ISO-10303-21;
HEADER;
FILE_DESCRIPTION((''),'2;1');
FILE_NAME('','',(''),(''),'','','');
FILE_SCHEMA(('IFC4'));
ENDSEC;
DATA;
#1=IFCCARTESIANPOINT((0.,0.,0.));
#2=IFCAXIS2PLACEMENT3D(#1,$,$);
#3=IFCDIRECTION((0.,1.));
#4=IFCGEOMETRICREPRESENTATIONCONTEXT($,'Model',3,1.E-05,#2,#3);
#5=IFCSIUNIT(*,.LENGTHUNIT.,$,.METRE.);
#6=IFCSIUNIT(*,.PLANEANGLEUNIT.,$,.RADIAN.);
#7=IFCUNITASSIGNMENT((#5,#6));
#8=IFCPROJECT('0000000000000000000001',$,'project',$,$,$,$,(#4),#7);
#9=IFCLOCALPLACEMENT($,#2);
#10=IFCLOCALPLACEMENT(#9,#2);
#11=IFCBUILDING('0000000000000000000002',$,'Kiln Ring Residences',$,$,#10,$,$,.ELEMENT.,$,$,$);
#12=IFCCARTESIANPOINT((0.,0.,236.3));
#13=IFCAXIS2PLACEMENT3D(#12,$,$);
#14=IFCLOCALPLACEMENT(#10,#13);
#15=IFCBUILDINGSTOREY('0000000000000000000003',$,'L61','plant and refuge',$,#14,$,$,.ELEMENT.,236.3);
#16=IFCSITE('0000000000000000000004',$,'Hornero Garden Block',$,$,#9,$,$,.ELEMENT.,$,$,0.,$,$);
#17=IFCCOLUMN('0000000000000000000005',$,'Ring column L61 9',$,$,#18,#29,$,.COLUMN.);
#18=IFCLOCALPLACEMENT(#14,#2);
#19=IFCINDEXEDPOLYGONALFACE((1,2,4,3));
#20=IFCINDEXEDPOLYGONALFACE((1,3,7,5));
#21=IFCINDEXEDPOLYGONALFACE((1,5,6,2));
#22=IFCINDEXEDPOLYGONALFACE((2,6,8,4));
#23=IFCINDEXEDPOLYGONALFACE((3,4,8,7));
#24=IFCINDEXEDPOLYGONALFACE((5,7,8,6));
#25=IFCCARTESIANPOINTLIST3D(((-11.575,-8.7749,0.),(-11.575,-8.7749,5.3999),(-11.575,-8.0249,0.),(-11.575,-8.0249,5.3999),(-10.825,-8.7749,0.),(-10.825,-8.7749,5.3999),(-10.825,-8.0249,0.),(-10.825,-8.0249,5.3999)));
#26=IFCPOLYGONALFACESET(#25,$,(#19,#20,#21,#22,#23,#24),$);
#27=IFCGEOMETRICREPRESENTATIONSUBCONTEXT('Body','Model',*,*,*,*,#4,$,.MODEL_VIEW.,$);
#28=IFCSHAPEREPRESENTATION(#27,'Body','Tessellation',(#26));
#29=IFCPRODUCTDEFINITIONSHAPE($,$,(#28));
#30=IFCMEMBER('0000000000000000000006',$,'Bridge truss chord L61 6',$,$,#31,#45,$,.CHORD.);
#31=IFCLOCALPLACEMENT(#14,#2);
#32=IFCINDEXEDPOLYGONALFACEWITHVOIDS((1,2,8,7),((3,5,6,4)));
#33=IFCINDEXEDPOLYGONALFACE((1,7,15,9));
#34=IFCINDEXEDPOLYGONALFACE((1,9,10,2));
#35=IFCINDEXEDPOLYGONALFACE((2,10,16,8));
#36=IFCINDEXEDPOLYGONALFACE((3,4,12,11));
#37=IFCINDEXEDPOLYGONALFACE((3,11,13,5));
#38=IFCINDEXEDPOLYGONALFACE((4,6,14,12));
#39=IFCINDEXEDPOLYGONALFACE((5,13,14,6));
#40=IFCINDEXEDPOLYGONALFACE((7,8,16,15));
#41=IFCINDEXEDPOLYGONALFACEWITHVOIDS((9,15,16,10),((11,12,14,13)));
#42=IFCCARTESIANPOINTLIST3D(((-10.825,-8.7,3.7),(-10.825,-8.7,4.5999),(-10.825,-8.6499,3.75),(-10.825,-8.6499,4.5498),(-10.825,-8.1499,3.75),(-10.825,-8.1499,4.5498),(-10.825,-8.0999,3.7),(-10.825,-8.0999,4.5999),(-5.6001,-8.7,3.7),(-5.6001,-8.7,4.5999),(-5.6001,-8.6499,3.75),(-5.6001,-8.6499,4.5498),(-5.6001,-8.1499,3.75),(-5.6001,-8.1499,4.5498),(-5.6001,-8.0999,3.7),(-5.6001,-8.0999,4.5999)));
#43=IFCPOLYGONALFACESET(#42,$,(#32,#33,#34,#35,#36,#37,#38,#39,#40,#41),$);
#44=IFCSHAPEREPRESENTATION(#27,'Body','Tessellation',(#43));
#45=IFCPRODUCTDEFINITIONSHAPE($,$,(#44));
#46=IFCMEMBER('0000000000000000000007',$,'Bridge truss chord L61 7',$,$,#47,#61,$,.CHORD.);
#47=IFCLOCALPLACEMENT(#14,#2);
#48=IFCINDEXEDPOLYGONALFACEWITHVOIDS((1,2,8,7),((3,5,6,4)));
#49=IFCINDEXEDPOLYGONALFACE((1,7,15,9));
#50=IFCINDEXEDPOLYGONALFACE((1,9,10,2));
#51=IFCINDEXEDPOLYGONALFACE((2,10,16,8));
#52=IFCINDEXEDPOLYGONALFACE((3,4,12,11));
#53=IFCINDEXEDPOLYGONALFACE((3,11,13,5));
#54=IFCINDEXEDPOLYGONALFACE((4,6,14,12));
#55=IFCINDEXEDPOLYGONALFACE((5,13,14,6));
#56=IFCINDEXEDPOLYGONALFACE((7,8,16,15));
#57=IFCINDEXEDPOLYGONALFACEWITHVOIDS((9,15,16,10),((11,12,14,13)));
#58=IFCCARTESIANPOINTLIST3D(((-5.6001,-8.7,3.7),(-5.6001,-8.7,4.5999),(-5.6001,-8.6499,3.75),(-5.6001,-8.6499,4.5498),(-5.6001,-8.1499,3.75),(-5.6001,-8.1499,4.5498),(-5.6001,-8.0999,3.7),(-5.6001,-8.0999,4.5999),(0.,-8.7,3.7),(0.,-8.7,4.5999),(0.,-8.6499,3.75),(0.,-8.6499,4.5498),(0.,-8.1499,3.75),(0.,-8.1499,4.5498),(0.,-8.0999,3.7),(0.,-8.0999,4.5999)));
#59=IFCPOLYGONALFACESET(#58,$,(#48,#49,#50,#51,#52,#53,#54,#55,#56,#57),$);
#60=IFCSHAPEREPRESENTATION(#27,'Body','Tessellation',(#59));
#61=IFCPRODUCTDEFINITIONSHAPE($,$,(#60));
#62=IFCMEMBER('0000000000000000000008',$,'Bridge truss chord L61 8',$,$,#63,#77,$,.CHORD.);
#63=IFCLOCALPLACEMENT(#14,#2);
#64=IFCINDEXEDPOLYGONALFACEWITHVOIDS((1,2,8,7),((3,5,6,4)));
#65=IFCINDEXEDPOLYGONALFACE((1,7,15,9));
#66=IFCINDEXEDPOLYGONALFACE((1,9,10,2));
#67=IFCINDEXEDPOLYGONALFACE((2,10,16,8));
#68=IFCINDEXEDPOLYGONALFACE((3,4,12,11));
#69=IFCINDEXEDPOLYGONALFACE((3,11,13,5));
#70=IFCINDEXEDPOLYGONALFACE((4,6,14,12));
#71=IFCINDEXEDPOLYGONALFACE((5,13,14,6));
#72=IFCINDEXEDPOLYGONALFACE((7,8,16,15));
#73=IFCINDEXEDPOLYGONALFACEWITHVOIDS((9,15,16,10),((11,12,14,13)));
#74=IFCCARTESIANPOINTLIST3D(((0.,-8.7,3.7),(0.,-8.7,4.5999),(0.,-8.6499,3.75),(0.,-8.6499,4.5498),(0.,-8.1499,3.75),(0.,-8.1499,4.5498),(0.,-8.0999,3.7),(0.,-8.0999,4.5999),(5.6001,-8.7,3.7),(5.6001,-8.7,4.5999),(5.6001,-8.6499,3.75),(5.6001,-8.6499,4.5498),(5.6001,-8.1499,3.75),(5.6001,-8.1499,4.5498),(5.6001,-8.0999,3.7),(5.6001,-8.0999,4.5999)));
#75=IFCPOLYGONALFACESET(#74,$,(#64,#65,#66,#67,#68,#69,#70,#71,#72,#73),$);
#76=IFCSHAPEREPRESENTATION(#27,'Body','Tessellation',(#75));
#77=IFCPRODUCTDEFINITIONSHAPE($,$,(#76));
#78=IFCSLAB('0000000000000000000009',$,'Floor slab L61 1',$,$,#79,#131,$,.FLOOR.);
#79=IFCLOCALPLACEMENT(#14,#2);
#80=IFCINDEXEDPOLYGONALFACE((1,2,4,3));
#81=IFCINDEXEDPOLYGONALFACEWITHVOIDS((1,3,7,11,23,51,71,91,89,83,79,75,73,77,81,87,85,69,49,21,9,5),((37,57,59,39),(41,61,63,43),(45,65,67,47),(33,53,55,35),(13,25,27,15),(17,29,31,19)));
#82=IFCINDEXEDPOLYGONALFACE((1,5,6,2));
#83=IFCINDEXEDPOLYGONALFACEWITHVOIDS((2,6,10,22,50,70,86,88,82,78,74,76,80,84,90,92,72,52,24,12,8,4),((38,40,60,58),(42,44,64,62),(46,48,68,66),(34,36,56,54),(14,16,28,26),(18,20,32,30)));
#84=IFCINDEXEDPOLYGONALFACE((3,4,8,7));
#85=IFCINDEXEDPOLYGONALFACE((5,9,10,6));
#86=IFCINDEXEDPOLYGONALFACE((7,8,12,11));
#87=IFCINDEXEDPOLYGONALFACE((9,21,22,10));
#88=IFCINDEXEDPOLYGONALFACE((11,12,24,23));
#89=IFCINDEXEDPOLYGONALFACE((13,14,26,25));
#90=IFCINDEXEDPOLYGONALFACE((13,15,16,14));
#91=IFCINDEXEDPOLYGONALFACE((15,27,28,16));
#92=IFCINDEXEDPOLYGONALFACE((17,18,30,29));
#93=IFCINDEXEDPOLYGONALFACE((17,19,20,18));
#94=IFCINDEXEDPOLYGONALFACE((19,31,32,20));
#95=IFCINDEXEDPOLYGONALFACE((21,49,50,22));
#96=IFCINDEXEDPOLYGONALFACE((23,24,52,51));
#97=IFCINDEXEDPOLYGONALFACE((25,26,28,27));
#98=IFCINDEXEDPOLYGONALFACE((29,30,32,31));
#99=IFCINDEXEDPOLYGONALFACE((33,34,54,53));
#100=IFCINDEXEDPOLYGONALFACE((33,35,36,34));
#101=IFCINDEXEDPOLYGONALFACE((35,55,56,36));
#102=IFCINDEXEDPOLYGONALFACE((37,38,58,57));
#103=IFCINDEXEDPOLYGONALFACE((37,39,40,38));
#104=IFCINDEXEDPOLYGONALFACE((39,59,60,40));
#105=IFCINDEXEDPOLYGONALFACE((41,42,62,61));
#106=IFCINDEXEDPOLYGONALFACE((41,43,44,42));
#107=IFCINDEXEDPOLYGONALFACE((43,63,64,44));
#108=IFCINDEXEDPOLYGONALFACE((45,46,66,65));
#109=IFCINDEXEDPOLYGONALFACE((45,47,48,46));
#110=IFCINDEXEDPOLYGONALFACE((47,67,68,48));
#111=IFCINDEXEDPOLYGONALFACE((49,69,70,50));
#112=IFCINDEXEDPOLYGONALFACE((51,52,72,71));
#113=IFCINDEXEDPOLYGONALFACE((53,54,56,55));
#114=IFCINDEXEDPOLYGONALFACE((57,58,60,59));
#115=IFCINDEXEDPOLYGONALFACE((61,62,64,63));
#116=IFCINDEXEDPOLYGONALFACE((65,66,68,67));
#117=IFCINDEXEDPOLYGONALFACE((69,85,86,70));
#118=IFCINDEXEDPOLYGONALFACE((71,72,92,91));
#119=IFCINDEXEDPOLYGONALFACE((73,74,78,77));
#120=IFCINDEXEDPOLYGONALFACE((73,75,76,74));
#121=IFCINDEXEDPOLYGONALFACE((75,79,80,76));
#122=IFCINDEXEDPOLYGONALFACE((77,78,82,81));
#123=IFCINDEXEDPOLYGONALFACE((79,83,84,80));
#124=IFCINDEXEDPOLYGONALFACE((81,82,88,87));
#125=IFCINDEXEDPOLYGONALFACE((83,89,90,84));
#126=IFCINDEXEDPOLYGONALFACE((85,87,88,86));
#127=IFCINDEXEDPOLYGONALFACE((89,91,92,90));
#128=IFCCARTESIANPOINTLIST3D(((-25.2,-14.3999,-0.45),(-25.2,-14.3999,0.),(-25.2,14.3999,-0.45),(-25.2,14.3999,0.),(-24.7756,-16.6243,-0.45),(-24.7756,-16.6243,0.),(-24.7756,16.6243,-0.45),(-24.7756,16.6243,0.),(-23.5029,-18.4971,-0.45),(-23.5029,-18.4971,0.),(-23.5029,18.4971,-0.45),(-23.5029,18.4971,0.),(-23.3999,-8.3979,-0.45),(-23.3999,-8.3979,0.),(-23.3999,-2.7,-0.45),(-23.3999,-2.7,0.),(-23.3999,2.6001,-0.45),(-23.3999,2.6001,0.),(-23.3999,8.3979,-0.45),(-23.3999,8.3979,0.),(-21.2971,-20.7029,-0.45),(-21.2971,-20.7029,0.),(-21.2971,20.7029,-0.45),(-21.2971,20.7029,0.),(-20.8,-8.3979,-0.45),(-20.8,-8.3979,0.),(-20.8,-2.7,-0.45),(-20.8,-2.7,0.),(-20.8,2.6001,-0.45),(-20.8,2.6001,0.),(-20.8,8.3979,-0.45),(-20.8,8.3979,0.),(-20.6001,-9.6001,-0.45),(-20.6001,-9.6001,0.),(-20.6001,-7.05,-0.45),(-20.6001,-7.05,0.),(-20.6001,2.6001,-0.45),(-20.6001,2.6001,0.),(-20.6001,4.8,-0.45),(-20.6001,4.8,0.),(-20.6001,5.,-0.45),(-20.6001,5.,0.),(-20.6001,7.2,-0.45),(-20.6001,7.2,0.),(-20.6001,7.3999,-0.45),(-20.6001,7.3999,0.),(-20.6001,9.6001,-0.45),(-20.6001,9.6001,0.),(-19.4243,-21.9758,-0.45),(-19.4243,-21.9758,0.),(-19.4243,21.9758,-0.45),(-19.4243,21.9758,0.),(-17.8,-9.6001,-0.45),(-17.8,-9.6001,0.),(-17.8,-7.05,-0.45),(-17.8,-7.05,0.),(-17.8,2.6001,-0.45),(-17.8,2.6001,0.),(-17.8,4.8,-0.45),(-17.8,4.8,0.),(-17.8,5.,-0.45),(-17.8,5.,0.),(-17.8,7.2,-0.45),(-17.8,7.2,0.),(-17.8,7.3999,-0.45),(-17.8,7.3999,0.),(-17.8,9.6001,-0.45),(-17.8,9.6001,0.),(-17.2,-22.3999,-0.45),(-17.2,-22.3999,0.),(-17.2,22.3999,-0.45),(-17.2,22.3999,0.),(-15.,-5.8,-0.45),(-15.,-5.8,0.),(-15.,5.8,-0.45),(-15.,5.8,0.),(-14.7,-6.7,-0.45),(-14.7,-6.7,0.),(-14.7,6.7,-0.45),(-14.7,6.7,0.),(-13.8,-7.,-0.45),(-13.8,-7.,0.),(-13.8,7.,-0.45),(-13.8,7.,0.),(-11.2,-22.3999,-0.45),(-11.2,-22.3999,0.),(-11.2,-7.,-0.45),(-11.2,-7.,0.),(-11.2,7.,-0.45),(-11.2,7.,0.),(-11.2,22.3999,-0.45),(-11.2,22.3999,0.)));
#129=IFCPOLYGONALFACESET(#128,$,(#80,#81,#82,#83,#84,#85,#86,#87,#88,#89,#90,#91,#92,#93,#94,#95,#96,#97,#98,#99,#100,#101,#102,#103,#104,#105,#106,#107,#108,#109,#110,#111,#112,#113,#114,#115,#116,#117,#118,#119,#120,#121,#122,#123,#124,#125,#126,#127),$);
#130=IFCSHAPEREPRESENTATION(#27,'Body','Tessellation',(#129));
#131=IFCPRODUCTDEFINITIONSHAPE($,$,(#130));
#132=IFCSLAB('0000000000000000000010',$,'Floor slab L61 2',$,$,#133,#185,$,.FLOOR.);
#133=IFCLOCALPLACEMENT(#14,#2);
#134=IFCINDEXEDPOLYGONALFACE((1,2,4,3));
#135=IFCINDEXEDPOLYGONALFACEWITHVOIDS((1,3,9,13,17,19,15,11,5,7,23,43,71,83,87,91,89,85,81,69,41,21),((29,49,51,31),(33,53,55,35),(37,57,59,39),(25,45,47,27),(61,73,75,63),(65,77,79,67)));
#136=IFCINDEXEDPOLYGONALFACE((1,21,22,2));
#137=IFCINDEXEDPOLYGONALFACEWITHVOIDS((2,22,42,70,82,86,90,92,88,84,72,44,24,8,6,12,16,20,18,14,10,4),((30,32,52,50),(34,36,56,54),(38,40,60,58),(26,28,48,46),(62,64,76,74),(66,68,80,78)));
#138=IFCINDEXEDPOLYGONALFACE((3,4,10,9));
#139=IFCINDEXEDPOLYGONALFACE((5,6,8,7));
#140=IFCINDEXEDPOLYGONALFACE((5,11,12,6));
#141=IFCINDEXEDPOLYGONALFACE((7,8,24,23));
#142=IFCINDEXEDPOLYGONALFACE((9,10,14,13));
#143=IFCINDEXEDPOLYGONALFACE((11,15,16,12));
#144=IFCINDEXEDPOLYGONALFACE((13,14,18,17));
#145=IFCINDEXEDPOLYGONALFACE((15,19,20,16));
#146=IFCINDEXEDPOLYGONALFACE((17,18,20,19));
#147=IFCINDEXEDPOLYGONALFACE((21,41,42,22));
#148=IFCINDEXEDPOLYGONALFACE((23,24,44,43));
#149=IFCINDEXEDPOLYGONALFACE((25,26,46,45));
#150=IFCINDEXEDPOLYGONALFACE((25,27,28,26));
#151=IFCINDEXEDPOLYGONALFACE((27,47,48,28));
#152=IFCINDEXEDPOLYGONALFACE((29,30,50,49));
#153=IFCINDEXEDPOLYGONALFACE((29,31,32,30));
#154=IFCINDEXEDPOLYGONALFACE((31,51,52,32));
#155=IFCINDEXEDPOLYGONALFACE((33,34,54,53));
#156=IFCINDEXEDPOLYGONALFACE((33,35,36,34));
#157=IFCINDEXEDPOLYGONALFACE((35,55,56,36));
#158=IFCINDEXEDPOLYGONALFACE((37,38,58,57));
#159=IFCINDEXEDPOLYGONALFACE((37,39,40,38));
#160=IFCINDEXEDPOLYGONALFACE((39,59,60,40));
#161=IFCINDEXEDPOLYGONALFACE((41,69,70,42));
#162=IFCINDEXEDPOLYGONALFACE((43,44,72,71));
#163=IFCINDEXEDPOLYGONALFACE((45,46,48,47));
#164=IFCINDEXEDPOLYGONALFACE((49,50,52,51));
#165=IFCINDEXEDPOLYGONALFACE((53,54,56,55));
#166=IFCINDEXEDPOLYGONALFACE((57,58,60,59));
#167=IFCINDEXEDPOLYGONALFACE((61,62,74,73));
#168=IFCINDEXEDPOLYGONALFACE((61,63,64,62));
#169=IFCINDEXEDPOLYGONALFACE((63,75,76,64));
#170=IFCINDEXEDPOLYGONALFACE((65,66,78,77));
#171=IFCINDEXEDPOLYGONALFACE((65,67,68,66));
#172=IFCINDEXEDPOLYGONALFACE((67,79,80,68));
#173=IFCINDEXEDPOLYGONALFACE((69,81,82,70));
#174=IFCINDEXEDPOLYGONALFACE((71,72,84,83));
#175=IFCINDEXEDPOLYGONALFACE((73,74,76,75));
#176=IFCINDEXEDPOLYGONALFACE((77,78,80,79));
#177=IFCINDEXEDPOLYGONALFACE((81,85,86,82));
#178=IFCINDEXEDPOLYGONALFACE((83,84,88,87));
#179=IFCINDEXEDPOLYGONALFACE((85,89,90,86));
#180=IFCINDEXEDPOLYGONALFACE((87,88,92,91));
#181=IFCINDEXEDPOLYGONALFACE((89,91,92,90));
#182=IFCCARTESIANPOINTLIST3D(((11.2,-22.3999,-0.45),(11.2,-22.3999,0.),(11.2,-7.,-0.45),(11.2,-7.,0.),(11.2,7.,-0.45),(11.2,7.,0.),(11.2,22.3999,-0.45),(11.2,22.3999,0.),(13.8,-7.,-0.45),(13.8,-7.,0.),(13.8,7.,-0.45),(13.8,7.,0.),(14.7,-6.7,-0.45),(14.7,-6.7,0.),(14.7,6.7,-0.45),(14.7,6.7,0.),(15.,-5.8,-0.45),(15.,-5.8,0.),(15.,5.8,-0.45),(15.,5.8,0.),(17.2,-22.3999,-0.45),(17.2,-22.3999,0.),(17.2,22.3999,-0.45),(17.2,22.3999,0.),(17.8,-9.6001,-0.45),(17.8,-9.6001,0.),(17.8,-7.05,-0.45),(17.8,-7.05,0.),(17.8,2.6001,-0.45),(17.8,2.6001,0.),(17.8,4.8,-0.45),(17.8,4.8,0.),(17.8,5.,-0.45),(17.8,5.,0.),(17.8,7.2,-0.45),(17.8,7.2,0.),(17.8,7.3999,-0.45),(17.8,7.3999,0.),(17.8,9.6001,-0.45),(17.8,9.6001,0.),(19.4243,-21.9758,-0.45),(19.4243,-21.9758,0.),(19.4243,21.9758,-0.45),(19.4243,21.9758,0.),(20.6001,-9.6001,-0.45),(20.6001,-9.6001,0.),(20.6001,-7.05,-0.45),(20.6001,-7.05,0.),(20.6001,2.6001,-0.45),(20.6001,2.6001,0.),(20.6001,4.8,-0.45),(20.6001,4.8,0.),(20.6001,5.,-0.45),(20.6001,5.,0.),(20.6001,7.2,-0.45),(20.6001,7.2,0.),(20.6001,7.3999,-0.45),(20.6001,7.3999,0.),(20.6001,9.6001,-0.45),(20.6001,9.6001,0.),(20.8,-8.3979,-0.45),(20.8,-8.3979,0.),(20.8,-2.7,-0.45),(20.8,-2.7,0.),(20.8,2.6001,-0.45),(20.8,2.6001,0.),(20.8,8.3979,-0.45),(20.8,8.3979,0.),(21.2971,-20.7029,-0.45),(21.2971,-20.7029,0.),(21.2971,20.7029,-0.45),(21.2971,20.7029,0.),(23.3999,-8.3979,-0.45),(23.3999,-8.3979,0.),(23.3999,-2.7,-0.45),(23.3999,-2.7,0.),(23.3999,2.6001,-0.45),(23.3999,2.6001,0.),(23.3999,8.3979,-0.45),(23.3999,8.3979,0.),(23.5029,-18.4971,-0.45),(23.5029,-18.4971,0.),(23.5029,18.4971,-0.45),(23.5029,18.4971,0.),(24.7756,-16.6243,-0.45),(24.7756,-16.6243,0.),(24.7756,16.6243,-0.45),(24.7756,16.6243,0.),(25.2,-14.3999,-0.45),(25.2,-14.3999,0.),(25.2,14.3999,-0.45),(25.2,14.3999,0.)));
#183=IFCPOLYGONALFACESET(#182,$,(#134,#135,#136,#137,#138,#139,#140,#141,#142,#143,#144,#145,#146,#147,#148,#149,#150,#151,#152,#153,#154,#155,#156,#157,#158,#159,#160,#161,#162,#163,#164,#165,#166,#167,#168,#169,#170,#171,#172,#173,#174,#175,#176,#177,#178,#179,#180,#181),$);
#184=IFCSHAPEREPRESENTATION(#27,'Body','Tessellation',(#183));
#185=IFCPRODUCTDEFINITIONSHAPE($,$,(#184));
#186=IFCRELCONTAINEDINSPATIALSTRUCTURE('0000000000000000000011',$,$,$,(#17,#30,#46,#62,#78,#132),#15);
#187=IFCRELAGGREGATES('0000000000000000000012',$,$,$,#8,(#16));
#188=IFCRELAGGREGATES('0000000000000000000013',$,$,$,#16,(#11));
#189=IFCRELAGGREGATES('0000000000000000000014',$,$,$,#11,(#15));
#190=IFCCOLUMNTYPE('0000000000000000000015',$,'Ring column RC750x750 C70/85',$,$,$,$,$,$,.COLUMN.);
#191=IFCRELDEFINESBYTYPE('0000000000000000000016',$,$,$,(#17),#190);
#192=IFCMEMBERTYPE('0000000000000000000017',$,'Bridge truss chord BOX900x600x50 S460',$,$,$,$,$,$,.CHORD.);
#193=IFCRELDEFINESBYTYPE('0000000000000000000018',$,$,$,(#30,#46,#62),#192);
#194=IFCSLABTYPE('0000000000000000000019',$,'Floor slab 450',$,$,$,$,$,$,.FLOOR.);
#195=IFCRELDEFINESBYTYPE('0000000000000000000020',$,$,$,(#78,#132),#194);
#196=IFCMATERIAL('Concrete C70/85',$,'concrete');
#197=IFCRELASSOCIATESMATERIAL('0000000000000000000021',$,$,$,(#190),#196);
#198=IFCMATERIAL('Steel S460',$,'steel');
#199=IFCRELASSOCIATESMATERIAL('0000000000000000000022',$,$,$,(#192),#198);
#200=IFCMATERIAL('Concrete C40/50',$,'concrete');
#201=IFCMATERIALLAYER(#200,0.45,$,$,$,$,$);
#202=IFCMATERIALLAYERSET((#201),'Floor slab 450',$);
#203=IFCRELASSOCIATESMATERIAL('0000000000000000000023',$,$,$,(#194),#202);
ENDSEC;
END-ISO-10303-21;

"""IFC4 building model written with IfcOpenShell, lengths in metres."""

from ifc_helpers import new_model, si_unit, direction, frame, origin, origin_2d, place, context, subcontext, project, spatial, polyline, rectangle, hollow_rectangle, outline, extrude, material, layer, layer_set, material_profile, profile_set, type_object, element, save


model = new_model("IFC4")

# Units and contexts
model_context = context("Model", 3, precision=1e-05, world=origin(), true_north=direction((0.0, 1.0)))
body_context = subcontext(model_context, "Body", "Model", "MODEL_VIEW")
ifc_project = project(units=[si_unit("LENGTHUNIT", "METRE"), si_unit("PLANEANGLEUNIT", "RADIAN")], contexts=[model_context])

# Site, building, storey
site_placement = place(None, origin())
site = spatial("IfcSite", under=ifc_project, at=site_placement, Name="Hornero Garden Block", CompositionType="ELEMENT", RefElevation=0.0)
building_placement = place(site_placement, origin())
building = spatial("IfcBuilding", under=site, at=building_placement, Name="Kiln Ring Residences", CompositionType="ELEMENT")
storey_placement = place(building_placement, frame((0.0, 0.0, 236.3)))
storey = spatial("IfcBuildingStorey", under=building, at=storey_placement, Name="L61", Description="plant and refuge", CompositionType="ELEMENT", Elevation=236.3)

# Column
ifc_material_1 = material(Name="Concrete C70/85", Category="concrete")
ifc_material_profile_1 = material_profile(ifc_material_1, rectangle(XDim=0.75, YDim=0.75, at=origin_2d()), Name="RC750x750")
ifc_profile_set_1 = profile_set([ifc_material_profile_1], Name="Concrete C70/85")
column_type = type_object("IfcColumnType", Name="Ring column RC750x750 C70/85", PredefinedType="COLUMN", material=ifc_profile_set_1)
column_placement = place(storey_placement, frame((-11.2, -8.3999, 0.0), z_axis=(0.0, 0.0, 1.0), x_axis=(1.0, 0.0, 0.0)))
element("IfcColumn", 1, at=column_placement, inside=storey, type_object=column_type, Name="Ring column L61 9", PredefinedType="COLUMN", context=body_context, shape_type="SweptSolid", body=[
    extrude(rectangle(XDim=0.75, YDim=0.75, at=origin_2d()), origin(), (0.0, 0.0, 1.0), 5.3999),
])

# Members
ifc_material_2 = material(Name="Steel S460", Category="steel")
ifc_material_profile_2 = material_profile(ifc_material_2, hollow_rectangle(XDim=0.6001, YDim=0.8999, WallThickness=0.05, at=origin_2d()), Name="BOX900x600x50")
ifc_profile_set_2 = profile_set([ifc_material_profile_2], Name="Steel S460")
member_type = type_object("IfcMemberType", Name="Bridge truss chord BOX900x600x50 S460", PredefinedType="CHORD", material=ifc_profile_set_2)
member_placement = place(storey_placement, frame((-10.825, -8.3999, 4.1499), z_axis=(1.0, 0.0, 0.0), x_axis=(0.0, 1.0, 0.0)))
element("IfcMember", 2, at=member_placement, inside=storey, type_object=member_type, Name="Bridge truss chord L61 6", PredefinedType="CHORD", context=body_context, shape_type="SweptSolid", body=[
    extrude(hollow_rectangle(XDim=0.6001, YDim=0.8999, WallThickness=0.05, at=origin_2d()), origin(), (0.0, 0.0, 1.0), 5.2249),
])
for number, where, z_axis, x_axis, name in (
    (3, (-5.6001, -8.3999, 4.1499), (1.0, 0.0, 0.0), (0.0, 1.0, 0.0), "Bridge truss chord L61 7"),
    (4, (0.0, -8.3999, 4.1499), (1.0, 0.0, 0.0), (0.0, 1.0, 0.0), "Bridge truss chord L61 8"),
):
    element("IfcMember", number, at=place(storey_placement, frame(where, z_axis=z_axis, x_axis=x_axis)), inside=storey, type_object=member_type, Name=name, PredefinedType="CHORD", context=body_context, shape_type="SweptSolid", body=[
        extrude(hollow_rectangle(XDim=0.6001, YDim=0.8999, WallThickness=0.05, at=origin_2d()), origin(), (0.0, 0.0, 1.0), 5.6001),
    ])

# Slabs
ifc_material_3 = material(Name="Concrete C40/50", Category="concrete")
ifc_layer_1 = layer(ifc_material_3, 0.45)
ifc_layer_set_1 = layer_set([ifc_layer_1], Name="Floor slab 450")
slab_type = type_object("IfcSlabType", Name="Floor slab 450", PredefinedType="FLOOR", material=ifc_layer_set_1)
placement = place(storey_placement, frame((0.0, 0.0, -0.45)))
element("IfcSlab", 5, at=placement, inside=storey, type_object=slab_type, Name="Floor slab L61 1", PredefinedType="FLOOR", context=body_context, shape_type="SweptSolid", body=[
    extrude(outline(polyline([(-25.2, -14.3999), (-24.7756, -16.6243), (-23.5029, -18.4971), (-21.2971, -20.7029), (-19.4243, -21.9758), (-17.2, -22.3999), (-11.2, -22.3999), (-11.2, -7.0), (-13.8, -7.0), (-14.7, -6.7), (-15.0, -5.8), (-15.0, 5.8), (-14.7, 6.7), (-13.8, 7.0), (-11.2, 7.0), (-11.2, 22.3999), (-17.2, 22.3999), (-19.4243, 21.9758), (-21.2971, 20.7029), (-23.5029, 18.4971), (-24.7756, 16.6243), (-25.2, 14.3999), (-25.2, -14.3999)]), holes=[polyline([(-17.8, -7.05), (-17.8, -9.6001), (-20.6001, -9.6001), (-20.6001, -7.05), (-17.8, -7.05)]), polyline([(-17.8, 2.6001), (-20.6001, 2.6001), (-20.6001, 4.8), (-17.8, 4.8), (-17.8, 2.6001)]), polyline([(-17.8, 5.0), (-20.6001, 5.0), (-20.6001, 7.2), (-17.8, 7.2), (-17.8, 5.0)]), polyline([(-17.8, 7.3999), (-20.6001, 7.3999), (-20.6001, 9.6001), (-17.8, 9.6001), (-17.8, 7.3999)]), polyline([(-20.8, -8.3979), (-23.3999, -8.3979), (-23.3999, -2.7), (-20.8, -2.7), (-20.8, -8.3979)]), polyline([(-20.8, 8.3979), (-20.8, 2.6001), (-23.3999, 2.6001), (-23.3999, 8.3979), (-20.8, 8.3979)])]), origin(), (0.0, 0.0, 1.0), 0.45),
])
element("IfcSlab", 6, at=placement, inside=storey, type_object=slab_type, Name="Floor slab L61 2", PredefinedType="FLOOR", context=body_context, shape_type="SweptSolid", body=[
    extrude(outline(polyline([(13.8, -7.0), (11.2, -7.0), (11.2, -22.3999), (17.2, -22.3999), (19.4243, -21.9758), (21.2971, -20.7029), (23.5029, -18.4971), (24.7756, -16.6243), (25.2, -14.3999), (25.2, 14.3999), (24.7756, 16.6243), (23.5029, 18.4971), (21.2971, 20.7029), (19.4243, 21.9758), (17.2, 22.3999), (11.2, 22.3999), (11.2, 7.0), (13.8, 7.0), (14.7, 6.7), (15.0, 5.8), (15.0, -5.8), (14.7, -6.7), (13.8, -7.0)]), holes=[polyline([(20.8, -8.3979), (20.8, -2.7), (23.3999, -2.7), (23.3999, -8.3979), (20.8, -8.3979)]), polyline([(23.3999, 2.6001), (20.8, 2.6001), (20.8, 8.3979), (23.3999, 8.3979), (23.3999, 2.6001)]), polyline([(17.8, 2.6001), (17.8, 4.8), (20.6001, 4.8), (20.6001, 2.6001), (17.8, 2.6001)]), polyline([(17.8, 5.0), (17.8, 7.2), (20.6001, 7.2), (20.6001, 5.0), (17.8, 5.0)]), polyline([(17.8, 7.3999), (17.8, 9.6001), (20.6001, 9.6001), (20.6001, 7.3999), (17.8, 7.3999)]), polyline([(20.6001, -9.6001), (17.8, -9.6001), (17.8, -7.05), (20.6001, -7.05), (20.6001, -9.6001)])]), origin(), (0.0, 0.0, 1.0), 0.45),
])

save(model, "model.ifc")
